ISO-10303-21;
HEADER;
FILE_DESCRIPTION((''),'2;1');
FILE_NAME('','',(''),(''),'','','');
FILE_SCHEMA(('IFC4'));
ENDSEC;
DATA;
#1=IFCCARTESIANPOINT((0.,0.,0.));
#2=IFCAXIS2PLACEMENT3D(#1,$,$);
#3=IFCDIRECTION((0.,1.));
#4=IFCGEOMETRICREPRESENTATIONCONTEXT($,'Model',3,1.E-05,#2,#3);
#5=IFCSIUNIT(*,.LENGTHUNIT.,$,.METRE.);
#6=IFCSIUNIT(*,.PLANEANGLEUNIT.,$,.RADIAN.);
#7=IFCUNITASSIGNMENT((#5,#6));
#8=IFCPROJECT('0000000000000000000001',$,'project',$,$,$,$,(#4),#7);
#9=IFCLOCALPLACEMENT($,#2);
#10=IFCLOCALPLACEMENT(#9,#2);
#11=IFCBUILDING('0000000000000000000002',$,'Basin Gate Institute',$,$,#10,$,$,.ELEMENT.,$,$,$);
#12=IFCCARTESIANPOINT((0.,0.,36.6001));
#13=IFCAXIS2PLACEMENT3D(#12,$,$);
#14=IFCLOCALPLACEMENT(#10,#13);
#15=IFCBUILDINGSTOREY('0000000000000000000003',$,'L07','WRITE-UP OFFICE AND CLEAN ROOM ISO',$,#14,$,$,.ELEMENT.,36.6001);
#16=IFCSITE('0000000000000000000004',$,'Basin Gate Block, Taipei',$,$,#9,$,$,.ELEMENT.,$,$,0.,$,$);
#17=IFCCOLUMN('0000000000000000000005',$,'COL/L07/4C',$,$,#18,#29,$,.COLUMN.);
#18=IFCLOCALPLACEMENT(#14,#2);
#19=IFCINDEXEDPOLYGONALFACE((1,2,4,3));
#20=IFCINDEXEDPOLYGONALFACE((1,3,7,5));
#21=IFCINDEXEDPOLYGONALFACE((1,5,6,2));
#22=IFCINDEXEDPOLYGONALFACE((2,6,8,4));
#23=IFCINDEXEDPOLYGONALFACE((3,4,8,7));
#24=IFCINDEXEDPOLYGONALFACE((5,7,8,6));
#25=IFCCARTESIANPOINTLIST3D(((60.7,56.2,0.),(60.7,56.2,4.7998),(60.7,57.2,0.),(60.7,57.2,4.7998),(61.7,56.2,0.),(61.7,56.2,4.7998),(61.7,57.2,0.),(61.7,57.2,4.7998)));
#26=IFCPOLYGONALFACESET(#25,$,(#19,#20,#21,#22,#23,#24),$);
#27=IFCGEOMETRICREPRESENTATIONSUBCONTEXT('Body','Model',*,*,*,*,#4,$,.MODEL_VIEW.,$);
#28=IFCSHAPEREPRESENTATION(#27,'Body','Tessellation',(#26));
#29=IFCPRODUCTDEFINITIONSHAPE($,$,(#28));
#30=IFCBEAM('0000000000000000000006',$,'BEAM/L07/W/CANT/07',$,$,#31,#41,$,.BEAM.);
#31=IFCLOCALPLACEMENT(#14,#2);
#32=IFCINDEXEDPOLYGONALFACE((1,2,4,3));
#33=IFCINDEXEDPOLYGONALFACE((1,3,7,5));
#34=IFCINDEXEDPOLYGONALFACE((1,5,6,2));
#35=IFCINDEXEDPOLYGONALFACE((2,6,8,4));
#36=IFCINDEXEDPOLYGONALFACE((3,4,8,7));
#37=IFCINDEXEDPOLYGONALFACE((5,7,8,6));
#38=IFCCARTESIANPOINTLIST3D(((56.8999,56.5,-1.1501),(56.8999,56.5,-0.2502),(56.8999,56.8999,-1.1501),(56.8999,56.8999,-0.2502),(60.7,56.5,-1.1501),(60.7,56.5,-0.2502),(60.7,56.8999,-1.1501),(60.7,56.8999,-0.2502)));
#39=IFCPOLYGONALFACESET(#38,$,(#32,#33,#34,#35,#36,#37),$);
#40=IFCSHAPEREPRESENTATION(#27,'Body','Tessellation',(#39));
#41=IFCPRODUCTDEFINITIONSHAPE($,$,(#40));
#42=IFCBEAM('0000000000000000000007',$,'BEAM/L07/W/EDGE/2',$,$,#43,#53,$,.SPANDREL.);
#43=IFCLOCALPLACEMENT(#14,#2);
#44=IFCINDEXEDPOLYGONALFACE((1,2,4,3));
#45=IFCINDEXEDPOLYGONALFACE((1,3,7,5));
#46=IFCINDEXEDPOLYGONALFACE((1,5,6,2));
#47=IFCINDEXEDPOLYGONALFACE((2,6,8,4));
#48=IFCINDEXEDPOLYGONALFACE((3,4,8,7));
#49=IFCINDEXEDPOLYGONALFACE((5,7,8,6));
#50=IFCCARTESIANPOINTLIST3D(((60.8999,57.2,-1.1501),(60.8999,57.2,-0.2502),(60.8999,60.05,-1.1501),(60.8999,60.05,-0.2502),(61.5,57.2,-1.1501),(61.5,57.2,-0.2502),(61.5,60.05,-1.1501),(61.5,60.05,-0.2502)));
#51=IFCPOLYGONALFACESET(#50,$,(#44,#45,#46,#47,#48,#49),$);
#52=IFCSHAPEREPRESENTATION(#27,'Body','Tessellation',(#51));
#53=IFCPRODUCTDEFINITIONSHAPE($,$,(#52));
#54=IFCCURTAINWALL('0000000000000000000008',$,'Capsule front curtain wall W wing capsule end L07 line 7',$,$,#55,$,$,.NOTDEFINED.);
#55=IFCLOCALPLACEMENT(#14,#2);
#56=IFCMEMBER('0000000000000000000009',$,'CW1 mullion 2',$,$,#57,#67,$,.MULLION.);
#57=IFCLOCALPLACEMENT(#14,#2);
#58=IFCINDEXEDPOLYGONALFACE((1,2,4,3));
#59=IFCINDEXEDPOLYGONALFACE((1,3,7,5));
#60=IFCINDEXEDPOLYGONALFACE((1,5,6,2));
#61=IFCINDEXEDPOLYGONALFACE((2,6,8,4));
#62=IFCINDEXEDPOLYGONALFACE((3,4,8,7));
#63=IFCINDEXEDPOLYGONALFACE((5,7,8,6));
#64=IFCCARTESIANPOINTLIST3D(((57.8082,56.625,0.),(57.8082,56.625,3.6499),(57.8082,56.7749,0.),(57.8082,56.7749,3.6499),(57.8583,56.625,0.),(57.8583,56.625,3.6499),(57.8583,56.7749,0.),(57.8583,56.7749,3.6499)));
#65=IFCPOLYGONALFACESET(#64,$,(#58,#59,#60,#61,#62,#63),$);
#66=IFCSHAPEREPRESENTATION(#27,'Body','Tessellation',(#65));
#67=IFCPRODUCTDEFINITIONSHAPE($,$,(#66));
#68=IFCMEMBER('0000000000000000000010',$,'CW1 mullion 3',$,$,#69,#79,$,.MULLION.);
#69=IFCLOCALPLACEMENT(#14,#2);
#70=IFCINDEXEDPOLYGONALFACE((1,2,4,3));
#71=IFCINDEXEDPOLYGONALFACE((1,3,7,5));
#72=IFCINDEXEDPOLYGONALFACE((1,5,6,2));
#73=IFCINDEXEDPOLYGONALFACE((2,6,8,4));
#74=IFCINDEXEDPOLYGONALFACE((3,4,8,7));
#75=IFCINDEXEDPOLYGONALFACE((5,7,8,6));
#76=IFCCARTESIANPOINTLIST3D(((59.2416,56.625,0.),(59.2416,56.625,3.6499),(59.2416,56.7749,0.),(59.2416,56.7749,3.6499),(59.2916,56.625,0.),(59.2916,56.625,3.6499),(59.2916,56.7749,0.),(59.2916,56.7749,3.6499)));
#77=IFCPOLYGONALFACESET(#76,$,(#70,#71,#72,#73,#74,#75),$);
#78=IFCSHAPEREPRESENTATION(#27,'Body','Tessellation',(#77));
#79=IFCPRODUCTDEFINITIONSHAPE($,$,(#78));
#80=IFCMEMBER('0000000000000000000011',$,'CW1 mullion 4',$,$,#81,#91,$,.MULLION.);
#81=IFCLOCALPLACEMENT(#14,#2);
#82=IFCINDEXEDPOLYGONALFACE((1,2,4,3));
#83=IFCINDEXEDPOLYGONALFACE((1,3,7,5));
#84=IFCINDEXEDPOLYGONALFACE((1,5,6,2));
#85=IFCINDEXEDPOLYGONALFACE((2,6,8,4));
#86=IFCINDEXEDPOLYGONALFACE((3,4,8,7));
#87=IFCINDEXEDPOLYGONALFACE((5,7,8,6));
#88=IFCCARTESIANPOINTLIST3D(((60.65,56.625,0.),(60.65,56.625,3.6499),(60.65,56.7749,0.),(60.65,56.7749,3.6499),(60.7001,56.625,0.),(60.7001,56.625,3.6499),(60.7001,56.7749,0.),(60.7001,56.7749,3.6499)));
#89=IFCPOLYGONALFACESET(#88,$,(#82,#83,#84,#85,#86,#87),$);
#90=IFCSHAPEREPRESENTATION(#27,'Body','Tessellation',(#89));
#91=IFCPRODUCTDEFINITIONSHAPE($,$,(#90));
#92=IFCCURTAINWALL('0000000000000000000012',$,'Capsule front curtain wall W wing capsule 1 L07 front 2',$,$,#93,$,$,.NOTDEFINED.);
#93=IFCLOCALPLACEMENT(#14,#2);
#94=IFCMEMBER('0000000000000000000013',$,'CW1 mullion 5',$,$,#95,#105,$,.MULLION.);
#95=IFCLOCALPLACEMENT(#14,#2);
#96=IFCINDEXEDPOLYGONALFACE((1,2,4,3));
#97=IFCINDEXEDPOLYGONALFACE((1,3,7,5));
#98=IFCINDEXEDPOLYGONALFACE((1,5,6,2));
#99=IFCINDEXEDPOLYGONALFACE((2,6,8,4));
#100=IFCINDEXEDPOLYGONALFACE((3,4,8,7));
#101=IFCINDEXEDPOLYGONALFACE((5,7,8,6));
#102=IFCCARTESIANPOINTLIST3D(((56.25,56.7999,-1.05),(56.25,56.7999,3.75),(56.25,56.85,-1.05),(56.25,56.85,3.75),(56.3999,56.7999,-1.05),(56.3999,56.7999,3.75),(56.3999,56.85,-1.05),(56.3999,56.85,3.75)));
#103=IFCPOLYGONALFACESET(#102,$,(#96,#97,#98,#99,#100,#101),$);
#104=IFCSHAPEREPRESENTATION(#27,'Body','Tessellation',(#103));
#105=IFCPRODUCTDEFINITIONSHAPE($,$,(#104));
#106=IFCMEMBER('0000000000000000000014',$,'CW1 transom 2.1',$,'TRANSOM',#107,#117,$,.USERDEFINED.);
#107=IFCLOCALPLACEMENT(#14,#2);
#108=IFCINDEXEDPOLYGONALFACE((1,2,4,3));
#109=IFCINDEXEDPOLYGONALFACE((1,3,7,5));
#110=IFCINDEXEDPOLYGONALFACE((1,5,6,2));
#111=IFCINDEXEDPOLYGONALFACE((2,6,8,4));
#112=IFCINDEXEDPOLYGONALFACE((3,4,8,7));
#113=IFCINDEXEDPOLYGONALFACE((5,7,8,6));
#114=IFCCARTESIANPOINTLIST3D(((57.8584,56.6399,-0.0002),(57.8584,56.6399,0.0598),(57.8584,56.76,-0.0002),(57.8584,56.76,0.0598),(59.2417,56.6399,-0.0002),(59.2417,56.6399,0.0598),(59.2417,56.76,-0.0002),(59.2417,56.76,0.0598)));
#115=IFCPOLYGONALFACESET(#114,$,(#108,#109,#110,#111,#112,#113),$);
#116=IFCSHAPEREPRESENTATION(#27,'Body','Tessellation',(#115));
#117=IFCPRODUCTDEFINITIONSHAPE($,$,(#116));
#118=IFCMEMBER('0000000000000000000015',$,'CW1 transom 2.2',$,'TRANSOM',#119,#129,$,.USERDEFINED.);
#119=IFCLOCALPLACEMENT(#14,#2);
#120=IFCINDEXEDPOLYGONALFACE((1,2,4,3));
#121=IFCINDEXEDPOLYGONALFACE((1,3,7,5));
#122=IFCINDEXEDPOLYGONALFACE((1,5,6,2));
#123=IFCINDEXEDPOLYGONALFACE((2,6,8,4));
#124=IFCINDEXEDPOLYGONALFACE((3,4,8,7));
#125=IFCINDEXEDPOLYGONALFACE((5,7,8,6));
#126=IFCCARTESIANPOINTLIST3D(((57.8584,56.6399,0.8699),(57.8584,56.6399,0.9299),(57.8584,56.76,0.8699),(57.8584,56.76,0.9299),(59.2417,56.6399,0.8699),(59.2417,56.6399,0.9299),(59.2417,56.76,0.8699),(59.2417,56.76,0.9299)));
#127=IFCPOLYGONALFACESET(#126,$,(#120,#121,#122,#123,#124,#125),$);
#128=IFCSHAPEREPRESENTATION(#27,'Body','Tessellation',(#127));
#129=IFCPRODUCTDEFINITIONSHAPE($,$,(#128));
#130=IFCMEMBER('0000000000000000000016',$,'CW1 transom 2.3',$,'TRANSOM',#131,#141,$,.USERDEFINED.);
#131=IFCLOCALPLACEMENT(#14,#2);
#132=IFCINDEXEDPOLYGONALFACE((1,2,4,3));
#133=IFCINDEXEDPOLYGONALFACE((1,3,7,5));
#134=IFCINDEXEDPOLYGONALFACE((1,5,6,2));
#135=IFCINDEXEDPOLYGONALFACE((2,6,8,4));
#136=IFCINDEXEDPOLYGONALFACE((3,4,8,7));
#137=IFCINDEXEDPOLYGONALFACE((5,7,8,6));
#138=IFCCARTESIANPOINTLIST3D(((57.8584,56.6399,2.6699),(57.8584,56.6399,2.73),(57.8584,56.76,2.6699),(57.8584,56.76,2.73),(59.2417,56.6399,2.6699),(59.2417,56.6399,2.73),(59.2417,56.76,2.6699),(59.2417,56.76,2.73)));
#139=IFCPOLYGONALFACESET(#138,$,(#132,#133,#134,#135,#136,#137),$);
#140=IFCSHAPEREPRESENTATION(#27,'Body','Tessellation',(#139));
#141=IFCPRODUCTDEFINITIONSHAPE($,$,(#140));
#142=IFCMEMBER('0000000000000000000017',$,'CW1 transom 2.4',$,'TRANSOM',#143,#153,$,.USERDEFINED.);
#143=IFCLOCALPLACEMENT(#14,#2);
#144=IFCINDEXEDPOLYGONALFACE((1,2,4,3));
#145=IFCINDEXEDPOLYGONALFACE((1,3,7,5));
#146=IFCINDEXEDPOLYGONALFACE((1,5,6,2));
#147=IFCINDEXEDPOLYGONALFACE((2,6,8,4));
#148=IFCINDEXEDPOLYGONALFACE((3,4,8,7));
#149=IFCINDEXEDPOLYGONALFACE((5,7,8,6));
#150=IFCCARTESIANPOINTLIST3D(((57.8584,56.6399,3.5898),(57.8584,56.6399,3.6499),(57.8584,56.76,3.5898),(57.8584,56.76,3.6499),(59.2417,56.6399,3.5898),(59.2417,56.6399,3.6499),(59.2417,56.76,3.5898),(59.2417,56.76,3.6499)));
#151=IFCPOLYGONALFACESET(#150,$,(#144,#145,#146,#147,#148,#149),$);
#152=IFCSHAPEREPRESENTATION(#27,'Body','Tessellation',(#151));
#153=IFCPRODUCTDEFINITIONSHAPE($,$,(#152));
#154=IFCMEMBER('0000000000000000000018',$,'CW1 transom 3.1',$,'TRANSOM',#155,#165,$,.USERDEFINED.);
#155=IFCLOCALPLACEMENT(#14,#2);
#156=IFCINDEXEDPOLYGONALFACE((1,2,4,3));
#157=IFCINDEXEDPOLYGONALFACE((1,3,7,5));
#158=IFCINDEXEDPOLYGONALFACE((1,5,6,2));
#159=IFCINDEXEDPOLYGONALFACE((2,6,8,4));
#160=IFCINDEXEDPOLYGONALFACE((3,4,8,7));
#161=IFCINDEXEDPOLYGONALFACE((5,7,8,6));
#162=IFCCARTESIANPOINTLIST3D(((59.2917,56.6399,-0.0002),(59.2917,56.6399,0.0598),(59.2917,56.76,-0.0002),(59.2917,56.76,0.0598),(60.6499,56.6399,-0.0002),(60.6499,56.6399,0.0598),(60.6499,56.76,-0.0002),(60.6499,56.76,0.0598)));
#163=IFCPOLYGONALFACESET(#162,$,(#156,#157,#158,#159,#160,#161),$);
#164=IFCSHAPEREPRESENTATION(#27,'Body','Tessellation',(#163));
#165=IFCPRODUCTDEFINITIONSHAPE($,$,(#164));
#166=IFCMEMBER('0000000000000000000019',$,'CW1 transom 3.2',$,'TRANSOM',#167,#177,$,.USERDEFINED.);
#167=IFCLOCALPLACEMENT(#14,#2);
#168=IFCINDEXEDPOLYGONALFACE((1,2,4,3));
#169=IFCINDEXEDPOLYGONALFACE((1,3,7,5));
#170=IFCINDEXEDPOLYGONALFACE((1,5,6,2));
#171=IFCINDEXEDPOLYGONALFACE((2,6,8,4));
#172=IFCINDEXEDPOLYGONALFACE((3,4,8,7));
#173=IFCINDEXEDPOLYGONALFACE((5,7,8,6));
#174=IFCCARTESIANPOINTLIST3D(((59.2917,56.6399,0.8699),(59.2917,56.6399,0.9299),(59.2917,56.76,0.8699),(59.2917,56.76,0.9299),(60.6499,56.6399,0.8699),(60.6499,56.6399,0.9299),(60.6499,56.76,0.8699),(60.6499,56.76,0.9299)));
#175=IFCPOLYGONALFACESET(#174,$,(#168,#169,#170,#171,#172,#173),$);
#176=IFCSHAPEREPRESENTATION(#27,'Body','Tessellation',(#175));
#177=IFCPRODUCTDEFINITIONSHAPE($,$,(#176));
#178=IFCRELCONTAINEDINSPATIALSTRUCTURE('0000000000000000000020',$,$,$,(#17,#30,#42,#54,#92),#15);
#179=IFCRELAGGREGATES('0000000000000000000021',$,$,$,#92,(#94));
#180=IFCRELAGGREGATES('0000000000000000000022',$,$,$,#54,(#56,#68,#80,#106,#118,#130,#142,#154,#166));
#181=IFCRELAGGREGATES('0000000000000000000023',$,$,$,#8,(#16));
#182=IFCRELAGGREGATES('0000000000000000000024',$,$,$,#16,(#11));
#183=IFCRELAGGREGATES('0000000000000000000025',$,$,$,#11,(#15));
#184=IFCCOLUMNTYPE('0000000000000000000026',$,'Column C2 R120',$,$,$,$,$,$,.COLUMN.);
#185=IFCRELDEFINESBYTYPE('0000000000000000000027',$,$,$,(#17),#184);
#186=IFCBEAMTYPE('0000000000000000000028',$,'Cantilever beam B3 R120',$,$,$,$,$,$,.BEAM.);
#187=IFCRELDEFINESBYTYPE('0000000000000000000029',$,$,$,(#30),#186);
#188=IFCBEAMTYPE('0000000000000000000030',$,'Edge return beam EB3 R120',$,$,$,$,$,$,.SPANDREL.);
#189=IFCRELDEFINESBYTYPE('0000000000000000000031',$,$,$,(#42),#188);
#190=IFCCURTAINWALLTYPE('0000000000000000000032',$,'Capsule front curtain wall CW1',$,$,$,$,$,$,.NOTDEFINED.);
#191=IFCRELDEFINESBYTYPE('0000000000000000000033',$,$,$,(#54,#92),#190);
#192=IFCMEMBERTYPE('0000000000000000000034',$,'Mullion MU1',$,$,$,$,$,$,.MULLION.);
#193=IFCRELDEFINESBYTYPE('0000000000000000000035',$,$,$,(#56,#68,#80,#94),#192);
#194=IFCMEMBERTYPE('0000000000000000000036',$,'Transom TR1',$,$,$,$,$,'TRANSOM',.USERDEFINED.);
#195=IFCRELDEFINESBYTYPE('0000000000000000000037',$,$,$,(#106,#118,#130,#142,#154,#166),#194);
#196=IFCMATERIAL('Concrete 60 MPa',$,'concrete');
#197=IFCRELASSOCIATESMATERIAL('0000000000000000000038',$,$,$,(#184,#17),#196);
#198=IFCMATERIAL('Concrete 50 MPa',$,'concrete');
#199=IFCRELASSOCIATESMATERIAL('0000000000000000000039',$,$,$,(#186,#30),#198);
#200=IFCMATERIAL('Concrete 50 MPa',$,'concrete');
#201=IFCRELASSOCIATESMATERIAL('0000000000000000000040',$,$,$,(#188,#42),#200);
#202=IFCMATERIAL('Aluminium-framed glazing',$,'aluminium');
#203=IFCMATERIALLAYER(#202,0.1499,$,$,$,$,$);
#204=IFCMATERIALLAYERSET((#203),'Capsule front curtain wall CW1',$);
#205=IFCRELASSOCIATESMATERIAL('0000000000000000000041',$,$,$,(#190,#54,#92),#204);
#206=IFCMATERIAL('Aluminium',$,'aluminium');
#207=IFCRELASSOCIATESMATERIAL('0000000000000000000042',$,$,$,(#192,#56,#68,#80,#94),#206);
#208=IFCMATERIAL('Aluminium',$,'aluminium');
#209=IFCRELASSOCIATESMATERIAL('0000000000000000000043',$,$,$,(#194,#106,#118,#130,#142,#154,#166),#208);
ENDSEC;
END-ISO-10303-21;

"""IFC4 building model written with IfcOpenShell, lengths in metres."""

from ifc_helpers import new_model, si_unit, direction, frame, origin, origin_2d, place, context, subcontext, project, spatial, rectangle, extrude, material, layer, layer_set, material_profile, profile_set, type_object, element, aggregate, save


model = new_model("IFC4")

# Units and contexts
model_context = context("Model", 3, precision=1e-05, world=origin(), true_north=direction((0.0, 1.0)))
body_context = subcontext(model_context, "Body", "Model", "MODEL_VIEW")
ifc_project = project(units=[si_unit("LENGTHUNIT", "METRE"), si_unit("PLANEANGLEUNIT", "RADIAN")], contexts=[model_context])

# Site, building, storey
site_placement = place(None, origin())
site = spatial("IfcSite", under=ifc_project, at=site_placement, Name="Basin Gate Block, Taipei", CompositionType="ELEMENT", RefElevation=0.0)
building_placement = place(site_placement, origin())
building = spatial("IfcBuilding", under=site, at=building_placement, Name="Basin Gate Institute", CompositionType="ELEMENT")
storey_placement = place(building_placement, frame((0.0, 0.0, 36.6001)))
storey = spatial("IfcBuildingStorey", under=building, at=storey_placement, Name="L07", Description="WRITE-UP OFFICE AND CLEAN ROOM ISO", CompositionType="ELEMENT", Elevation=36.6001)

# Column
ifc_material_1 = material(Name="Concrete 60 MPa", Category="concrete")
ifc_material_profile_1 = material_profile(ifc_material_1, rectangle(XDim=1.0, YDim=1.0, at=origin_2d()), Name="Column C2 1000 x 1000")
ifc_profile_set_1 = profile_set([ifc_material_profile_1], Name="Concrete 60 MPa")
column_type = type_object("IfcColumnType", Name="Column C2 R120", PredefinedType="COLUMN", material=ifc_profile_set_1)
column_placement = place(storey_placement, frame((61.2, 56.7, 0.0), z_axis=(0.0, 0.0, 1.0), x_axis=(1.0, 0.0, 0.0)))
element("IfcColumn", 1, at=column_placement, inside=storey, type_object=column_type, material=ifc_profile_set_1, Name="COL/L07/4C", PredefinedType="COLUMN", context=body_context, shape_type="SweptSolid", body=[
    extrude(rectangle(XDim=1.0, YDim=1.0, at=origin_2d()), origin(), (0.0, 0.0, 1.0), 4.7998),
])

# Beams
ifc_material_2 = material(Name="Concrete 50 MPa", Category="concrete")
ifc_material_profile_2 = material_profile(ifc_material_2, rectangle(XDim=0.3999, YDim=0.8999, at=origin_2d()), Name="Cantilever beam B3 400 x 900")
ifc_profile_set_2 = profile_set([ifc_material_profile_2], Name="Concrete 50 MPa")
beam_type_1 = type_object("IfcBeamType", Name="Cantilever beam B3 R120", PredefinedType="BEAM", material=ifc_profile_set_2)
beam_1_placement = place(storey_placement, frame((56.8999, 56.7, -0.7002), z_axis=(1.0, 0.0, 0.0), x_axis=(0.0, 1.0, 0.0)))
element("IfcBeam", 2, at=beam_1_placement, inside=storey, type_object=beam_type_1, material=ifc_profile_set_2, Name="BEAM/L07/W/CANT/07", PredefinedType="BEAM", context=body_context, shape_type="SweptSolid", body=[
    extrude(rectangle(XDim=0.3999, YDim=0.8999, at=origin_2d()), origin(), (0.0, 0.0, 1.0), 3.8),
])
ifc_material_3 = material(Name="Concrete 50 MPa", Category="concrete")
ifc_material_profile_3 = material_profile(ifc_material_3, rectangle(XDim=0.6001, YDim=0.8999, at=origin_2d()), Name="Edge return beam EB3 600 x 900")
ifc_profile_set_3 = profile_set([ifc_material_profile_3], Name="Concrete 50 MPa")
beam_type_2 = type_object("IfcBeamType", Name="Edge return beam EB3 R120", PredefinedType="SPANDREL", material=ifc_profile_set_3)
beam_2_placement = place(storey_placement, frame((61.2, 57.2, -0.7002), z_axis=(0.0, 1.0, 0.0), x_axis=(-1.0, 0.0, 0.0)))
element("IfcBeam", 3, at=beam_2_placement, inside=storey, type_object=beam_type_2, material=ifc_profile_set_3, Name="BEAM/L07/W/EDGE/2", PredefinedType="SPANDREL", context=body_context, shape_type="SweptSolid", body=[
    extrude(rectangle(XDim=0.6001, YDim=0.8999, at=origin_2d()), origin(), (0.0, 0.0, 1.0), 2.8501),
])

# Curtain wall, members
ifc_material_4 = material(Name="Aluminium-framed glazing", Category="aluminium")
ifc_layer_1 = layer(ifc_material_4, 0.1499)
ifc_layer_set_1 = layer_set([ifc_layer_1], Name="Capsule front curtain wall CW1")
curtain_wall_type = type_object("IfcCurtainWallType", Name="Capsule front curtain wall CW1", PredefinedType="NOTDEFINED", material=ifc_layer_set_1)
curtain_wall_1_placement = place(storey_placement, origin())
curtain_wall_1 = element("IfcCurtainWall", 4, at=curtain_wall_1_placement, inside=storey, type_object=curtain_wall_type, material=ifc_layer_set_1, Name="Capsule front curtain wall W wing capsule end L07 line 7", PredefinedType="NOTDEFINED")
ifc_material_5 = material(Name="Aluminium", Category="aluminium")
ifc_material_profile_4 = material_profile(ifc_material_5, rectangle(XDim=0.1499, YDim=0.05, at=origin_2d()), Name="Mullion MU1 150 x 50")
ifc_profile_set_4 = profile_set([ifc_material_profile_4], Name="Aluminium")
member_type_1 = type_object("IfcMemberType", Name="Mullion MU1", PredefinedType="MULLION", material=ifc_profile_set_4)
member_1_placement = place(storey_placement, frame((57.8333, 56.7, 0.0), z_axis=(0.0, 0.0, 1.0), x_axis=(0.0, 1.0, 0.0)))
member_1 = element("IfcMember", 5, at=member_1_placement, type_object=member_type_1, material=ifc_profile_set_4, Name="CW1 mullion 2", PredefinedType="MULLION", context=body_context, shape_type="SweptSolid", body=[
    extrude(rectangle(XDim=0.1499, YDim=0.05, at=origin_2d()), origin(), (0.0, 0.0, 1.0), 3.6499),
])
member_2_placement = place(storey_placement, frame((59.2666, 56.7, 0.0), z_axis=(0.0, 0.0, 1.0), x_axis=(0.0, 1.0, 0.0)))
member_2 = element("IfcMember", 6, at=member_2_placement, type_object=member_type_1, material=ifc_profile_set_4, Name="CW1 mullion 3", PredefinedType="MULLION", context=body_context, shape_type="SweptSolid", body=[
    extrude(rectangle(XDim=0.1499, YDim=0.05, at=origin_2d()), origin(), (0.0, 0.0, 1.0), 3.6499),
])
member_3_placement = place(storey_placement, frame((60.675, 56.7, 0.0), z_axis=(0.0, 0.0, 1.0), x_axis=(0.0, 1.0, 0.0)))
member_3 = element("IfcMember", 7, at=member_3_placement, type_object=member_type_1, material=ifc_profile_set_4, Name="CW1 mullion 4", PredefinedType="MULLION", context=body_context, shape_type="SweptSolid", body=[
    extrude(rectangle(XDim=0.1499, YDim=0.05, at=origin_2d()), origin(), (0.0, 0.0, 1.0), 3.6499),
])

# Curtain wall, member
curtain_wall_2_placement = place(storey_placement, origin())
curtain_wall_2 = element("IfcCurtainWall", 8, at=curtain_wall_2_placement, inside=storey, type_object=curtain_wall_type, material=ifc_layer_set_1, Name="Capsule front curtain wall W wing capsule 1 L07 front 2", PredefinedType="NOTDEFINED")
member_4_placement = place(storey_placement, frame((56.325, 56.825, -1.05), z_axis=(0.0, 0.0, 1.0), x_axis=(-1.0, 0.0, 0.0)))
member_4 = element("IfcMember", 9, at=member_4_placement, type_object=member_type_1, material=ifc_profile_set_4, Name="CW1 mullion 5", PredefinedType="MULLION", context=body_context, shape_type="SweptSolid", body=[
    extrude(rectangle(XDim=0.1499, YDim=0.05, at=origin_2d()), origin(), (0.0, 0.0, 1.0), 4.8),
])
aggregate(curtain_wall_2, [member_4])

# Members
ifc_material_6 = material(Name="Aluminium", Category="aluminium")
ifc_material_profile_5 = material_profile(ifc_material_6, rectangle(XDim=0.1201, YDim=0.0601, at=origin_2d()), Name="Transom TR1 120 x 60")
ifc_profile_set_5 = profile_set([ifc_material_profile_5], Name="Aluminium")
member_type_2 = type_object("IfcMemberType", Name="Transom TR1", ElementType="TRANSOM", PredefinedType="USERDEFINED", material=ifc_profile_set_5)
member_5_placement = place(storey_placement, frame((57.8584, 56.7, 0.0298), z_axis=(1.0, 0.0, 0.0), x_axis=(0.0, 1.0, 0.0)))
member_5 = element("IfcMember", 10, at=member_5_placement, type_object=member_type_2, material=ifc_profile_set_5, Name="CW1 transom 2.1", ObjectType="TRANSOM", PredefinedType="USERDEFINED", context=body_context, shape_type="SweptSolid", body=[
    extrude(rectangle(XDim=0.1201, YDim=0.0601, at=origin_2d()), origin(), (0.0, 0.0, 1.0), 1.3833),
])
member_6_placement = place(storey_placement, frame((57.8584, 56.7, 0.8999), z_axis=(1.0, 0.0, 0.0), x_axis=(0.0, 1.0, 0.0)))
member_6 = element("IfcMember", 11, at=member_6_placement, type_object=member_type_2, material=ifc_profile_set_5, Name="CW1 transom 2.2", ObjectType="TRANSOM", PredefinedType="USERDEFINED", context=body_context, shape_type="SweptSolid", body=[
    extrude(rectangle(XDim=0.1201, YDim=0.0601, at=origin_2d()), origin(), (0.0, 0.0, 1.0), 1.3833),
])
member_7_placement = place(storey_placement, frame((57.8584, 56.7, 2.7), z_axis=(1.0, 0.0, 0.0), x_axis=(0.0, 1.0, 0.0)))
member_7 = element("IfcMember", 12, at=member_7_placement, type_object=member_type_2, material=ifc_profile_set_5, Name="CW1 transom 2.3", ObjectType="TRANSOM", PredefinedType="USERDEFINED", context=body_context, shape_type="SweptSolid", body=[
    extrude(rectangle(XDim=0.1201, YDim=0.0601, at=origin_2d()), origin(), (0.0, 0.0, 1.0), 1.3833),
])
member_8_placement = place(storey_placement, frame((57.8584, 56.7, 3.6199), z_axis=(1.0, 0.0, 0.0), x_axis=(0.0, 1.0, 0.0)))
member_8 = element("IfcMember", 13, at=member_8_placement, type_object=member_type_2, material=ifc_profile_set_5, Name="CW1 transom 2.4", ObjectType="TRANSOM", PredefinedType="USERDEFINED", context=body_context, shape_type="SweptSolid", body=[
    extrude(rectangle(XDim=0.1201, YDim=0.0601, at=origin_2d()), origin(), (0.0, 0.0, 1.0), 1.3833),
])
member_9_placement = place(storey_placement, frame((59.2917, 56.7, 0.0298), z_axis=(1.0, 0.0, 0.0), x_axis=(0.0, 1.0, 0.0)))
member_9 = element("IfcMember", 14, at=member_9_placement, type_object=member_type_2, material=ifc_profile_set_5, Name="CW1 transom 3.1", ObjectType="TRANSOM", PredefinedType="USERDEFINED", context=body_context, shape_type="SweptSolid", body=[
    extrude(rectangle(XDim=0.1201, YDim=0.0601, at=origin_2d()), origin(), (0.0, 0.0, 1.0), 1.3582),
])
member_10_placement = place(storey_placement, frame((59.2917, 56.7, 0.8999), z_axis=(1.0, 0.0, 0.0), x_axis=(0.0, 1.0, 0.0)))
member_10 = element("IfcMember", 15, at=member_10_placement, type_object=member_type_2, material=ifc_profile_set_5, Name="CW1 transom 3.2", ObjectType="TRANSOM", PredefinedType="USERDEFINED", context=body_context, shape_type="SweptSolid", body=[
    extrude(rectangle(XDim=0.1201, YDim=0.0601, at=origin_2d()), origin(), (0.0, 0.0, 1.0), 1.3582),
])

aggregate(curtain_wall_1, [member_1, member_2, member_3, member_5, member_6, member_7, member_8, member_9, member_10])

save(model, "model.ifc")
